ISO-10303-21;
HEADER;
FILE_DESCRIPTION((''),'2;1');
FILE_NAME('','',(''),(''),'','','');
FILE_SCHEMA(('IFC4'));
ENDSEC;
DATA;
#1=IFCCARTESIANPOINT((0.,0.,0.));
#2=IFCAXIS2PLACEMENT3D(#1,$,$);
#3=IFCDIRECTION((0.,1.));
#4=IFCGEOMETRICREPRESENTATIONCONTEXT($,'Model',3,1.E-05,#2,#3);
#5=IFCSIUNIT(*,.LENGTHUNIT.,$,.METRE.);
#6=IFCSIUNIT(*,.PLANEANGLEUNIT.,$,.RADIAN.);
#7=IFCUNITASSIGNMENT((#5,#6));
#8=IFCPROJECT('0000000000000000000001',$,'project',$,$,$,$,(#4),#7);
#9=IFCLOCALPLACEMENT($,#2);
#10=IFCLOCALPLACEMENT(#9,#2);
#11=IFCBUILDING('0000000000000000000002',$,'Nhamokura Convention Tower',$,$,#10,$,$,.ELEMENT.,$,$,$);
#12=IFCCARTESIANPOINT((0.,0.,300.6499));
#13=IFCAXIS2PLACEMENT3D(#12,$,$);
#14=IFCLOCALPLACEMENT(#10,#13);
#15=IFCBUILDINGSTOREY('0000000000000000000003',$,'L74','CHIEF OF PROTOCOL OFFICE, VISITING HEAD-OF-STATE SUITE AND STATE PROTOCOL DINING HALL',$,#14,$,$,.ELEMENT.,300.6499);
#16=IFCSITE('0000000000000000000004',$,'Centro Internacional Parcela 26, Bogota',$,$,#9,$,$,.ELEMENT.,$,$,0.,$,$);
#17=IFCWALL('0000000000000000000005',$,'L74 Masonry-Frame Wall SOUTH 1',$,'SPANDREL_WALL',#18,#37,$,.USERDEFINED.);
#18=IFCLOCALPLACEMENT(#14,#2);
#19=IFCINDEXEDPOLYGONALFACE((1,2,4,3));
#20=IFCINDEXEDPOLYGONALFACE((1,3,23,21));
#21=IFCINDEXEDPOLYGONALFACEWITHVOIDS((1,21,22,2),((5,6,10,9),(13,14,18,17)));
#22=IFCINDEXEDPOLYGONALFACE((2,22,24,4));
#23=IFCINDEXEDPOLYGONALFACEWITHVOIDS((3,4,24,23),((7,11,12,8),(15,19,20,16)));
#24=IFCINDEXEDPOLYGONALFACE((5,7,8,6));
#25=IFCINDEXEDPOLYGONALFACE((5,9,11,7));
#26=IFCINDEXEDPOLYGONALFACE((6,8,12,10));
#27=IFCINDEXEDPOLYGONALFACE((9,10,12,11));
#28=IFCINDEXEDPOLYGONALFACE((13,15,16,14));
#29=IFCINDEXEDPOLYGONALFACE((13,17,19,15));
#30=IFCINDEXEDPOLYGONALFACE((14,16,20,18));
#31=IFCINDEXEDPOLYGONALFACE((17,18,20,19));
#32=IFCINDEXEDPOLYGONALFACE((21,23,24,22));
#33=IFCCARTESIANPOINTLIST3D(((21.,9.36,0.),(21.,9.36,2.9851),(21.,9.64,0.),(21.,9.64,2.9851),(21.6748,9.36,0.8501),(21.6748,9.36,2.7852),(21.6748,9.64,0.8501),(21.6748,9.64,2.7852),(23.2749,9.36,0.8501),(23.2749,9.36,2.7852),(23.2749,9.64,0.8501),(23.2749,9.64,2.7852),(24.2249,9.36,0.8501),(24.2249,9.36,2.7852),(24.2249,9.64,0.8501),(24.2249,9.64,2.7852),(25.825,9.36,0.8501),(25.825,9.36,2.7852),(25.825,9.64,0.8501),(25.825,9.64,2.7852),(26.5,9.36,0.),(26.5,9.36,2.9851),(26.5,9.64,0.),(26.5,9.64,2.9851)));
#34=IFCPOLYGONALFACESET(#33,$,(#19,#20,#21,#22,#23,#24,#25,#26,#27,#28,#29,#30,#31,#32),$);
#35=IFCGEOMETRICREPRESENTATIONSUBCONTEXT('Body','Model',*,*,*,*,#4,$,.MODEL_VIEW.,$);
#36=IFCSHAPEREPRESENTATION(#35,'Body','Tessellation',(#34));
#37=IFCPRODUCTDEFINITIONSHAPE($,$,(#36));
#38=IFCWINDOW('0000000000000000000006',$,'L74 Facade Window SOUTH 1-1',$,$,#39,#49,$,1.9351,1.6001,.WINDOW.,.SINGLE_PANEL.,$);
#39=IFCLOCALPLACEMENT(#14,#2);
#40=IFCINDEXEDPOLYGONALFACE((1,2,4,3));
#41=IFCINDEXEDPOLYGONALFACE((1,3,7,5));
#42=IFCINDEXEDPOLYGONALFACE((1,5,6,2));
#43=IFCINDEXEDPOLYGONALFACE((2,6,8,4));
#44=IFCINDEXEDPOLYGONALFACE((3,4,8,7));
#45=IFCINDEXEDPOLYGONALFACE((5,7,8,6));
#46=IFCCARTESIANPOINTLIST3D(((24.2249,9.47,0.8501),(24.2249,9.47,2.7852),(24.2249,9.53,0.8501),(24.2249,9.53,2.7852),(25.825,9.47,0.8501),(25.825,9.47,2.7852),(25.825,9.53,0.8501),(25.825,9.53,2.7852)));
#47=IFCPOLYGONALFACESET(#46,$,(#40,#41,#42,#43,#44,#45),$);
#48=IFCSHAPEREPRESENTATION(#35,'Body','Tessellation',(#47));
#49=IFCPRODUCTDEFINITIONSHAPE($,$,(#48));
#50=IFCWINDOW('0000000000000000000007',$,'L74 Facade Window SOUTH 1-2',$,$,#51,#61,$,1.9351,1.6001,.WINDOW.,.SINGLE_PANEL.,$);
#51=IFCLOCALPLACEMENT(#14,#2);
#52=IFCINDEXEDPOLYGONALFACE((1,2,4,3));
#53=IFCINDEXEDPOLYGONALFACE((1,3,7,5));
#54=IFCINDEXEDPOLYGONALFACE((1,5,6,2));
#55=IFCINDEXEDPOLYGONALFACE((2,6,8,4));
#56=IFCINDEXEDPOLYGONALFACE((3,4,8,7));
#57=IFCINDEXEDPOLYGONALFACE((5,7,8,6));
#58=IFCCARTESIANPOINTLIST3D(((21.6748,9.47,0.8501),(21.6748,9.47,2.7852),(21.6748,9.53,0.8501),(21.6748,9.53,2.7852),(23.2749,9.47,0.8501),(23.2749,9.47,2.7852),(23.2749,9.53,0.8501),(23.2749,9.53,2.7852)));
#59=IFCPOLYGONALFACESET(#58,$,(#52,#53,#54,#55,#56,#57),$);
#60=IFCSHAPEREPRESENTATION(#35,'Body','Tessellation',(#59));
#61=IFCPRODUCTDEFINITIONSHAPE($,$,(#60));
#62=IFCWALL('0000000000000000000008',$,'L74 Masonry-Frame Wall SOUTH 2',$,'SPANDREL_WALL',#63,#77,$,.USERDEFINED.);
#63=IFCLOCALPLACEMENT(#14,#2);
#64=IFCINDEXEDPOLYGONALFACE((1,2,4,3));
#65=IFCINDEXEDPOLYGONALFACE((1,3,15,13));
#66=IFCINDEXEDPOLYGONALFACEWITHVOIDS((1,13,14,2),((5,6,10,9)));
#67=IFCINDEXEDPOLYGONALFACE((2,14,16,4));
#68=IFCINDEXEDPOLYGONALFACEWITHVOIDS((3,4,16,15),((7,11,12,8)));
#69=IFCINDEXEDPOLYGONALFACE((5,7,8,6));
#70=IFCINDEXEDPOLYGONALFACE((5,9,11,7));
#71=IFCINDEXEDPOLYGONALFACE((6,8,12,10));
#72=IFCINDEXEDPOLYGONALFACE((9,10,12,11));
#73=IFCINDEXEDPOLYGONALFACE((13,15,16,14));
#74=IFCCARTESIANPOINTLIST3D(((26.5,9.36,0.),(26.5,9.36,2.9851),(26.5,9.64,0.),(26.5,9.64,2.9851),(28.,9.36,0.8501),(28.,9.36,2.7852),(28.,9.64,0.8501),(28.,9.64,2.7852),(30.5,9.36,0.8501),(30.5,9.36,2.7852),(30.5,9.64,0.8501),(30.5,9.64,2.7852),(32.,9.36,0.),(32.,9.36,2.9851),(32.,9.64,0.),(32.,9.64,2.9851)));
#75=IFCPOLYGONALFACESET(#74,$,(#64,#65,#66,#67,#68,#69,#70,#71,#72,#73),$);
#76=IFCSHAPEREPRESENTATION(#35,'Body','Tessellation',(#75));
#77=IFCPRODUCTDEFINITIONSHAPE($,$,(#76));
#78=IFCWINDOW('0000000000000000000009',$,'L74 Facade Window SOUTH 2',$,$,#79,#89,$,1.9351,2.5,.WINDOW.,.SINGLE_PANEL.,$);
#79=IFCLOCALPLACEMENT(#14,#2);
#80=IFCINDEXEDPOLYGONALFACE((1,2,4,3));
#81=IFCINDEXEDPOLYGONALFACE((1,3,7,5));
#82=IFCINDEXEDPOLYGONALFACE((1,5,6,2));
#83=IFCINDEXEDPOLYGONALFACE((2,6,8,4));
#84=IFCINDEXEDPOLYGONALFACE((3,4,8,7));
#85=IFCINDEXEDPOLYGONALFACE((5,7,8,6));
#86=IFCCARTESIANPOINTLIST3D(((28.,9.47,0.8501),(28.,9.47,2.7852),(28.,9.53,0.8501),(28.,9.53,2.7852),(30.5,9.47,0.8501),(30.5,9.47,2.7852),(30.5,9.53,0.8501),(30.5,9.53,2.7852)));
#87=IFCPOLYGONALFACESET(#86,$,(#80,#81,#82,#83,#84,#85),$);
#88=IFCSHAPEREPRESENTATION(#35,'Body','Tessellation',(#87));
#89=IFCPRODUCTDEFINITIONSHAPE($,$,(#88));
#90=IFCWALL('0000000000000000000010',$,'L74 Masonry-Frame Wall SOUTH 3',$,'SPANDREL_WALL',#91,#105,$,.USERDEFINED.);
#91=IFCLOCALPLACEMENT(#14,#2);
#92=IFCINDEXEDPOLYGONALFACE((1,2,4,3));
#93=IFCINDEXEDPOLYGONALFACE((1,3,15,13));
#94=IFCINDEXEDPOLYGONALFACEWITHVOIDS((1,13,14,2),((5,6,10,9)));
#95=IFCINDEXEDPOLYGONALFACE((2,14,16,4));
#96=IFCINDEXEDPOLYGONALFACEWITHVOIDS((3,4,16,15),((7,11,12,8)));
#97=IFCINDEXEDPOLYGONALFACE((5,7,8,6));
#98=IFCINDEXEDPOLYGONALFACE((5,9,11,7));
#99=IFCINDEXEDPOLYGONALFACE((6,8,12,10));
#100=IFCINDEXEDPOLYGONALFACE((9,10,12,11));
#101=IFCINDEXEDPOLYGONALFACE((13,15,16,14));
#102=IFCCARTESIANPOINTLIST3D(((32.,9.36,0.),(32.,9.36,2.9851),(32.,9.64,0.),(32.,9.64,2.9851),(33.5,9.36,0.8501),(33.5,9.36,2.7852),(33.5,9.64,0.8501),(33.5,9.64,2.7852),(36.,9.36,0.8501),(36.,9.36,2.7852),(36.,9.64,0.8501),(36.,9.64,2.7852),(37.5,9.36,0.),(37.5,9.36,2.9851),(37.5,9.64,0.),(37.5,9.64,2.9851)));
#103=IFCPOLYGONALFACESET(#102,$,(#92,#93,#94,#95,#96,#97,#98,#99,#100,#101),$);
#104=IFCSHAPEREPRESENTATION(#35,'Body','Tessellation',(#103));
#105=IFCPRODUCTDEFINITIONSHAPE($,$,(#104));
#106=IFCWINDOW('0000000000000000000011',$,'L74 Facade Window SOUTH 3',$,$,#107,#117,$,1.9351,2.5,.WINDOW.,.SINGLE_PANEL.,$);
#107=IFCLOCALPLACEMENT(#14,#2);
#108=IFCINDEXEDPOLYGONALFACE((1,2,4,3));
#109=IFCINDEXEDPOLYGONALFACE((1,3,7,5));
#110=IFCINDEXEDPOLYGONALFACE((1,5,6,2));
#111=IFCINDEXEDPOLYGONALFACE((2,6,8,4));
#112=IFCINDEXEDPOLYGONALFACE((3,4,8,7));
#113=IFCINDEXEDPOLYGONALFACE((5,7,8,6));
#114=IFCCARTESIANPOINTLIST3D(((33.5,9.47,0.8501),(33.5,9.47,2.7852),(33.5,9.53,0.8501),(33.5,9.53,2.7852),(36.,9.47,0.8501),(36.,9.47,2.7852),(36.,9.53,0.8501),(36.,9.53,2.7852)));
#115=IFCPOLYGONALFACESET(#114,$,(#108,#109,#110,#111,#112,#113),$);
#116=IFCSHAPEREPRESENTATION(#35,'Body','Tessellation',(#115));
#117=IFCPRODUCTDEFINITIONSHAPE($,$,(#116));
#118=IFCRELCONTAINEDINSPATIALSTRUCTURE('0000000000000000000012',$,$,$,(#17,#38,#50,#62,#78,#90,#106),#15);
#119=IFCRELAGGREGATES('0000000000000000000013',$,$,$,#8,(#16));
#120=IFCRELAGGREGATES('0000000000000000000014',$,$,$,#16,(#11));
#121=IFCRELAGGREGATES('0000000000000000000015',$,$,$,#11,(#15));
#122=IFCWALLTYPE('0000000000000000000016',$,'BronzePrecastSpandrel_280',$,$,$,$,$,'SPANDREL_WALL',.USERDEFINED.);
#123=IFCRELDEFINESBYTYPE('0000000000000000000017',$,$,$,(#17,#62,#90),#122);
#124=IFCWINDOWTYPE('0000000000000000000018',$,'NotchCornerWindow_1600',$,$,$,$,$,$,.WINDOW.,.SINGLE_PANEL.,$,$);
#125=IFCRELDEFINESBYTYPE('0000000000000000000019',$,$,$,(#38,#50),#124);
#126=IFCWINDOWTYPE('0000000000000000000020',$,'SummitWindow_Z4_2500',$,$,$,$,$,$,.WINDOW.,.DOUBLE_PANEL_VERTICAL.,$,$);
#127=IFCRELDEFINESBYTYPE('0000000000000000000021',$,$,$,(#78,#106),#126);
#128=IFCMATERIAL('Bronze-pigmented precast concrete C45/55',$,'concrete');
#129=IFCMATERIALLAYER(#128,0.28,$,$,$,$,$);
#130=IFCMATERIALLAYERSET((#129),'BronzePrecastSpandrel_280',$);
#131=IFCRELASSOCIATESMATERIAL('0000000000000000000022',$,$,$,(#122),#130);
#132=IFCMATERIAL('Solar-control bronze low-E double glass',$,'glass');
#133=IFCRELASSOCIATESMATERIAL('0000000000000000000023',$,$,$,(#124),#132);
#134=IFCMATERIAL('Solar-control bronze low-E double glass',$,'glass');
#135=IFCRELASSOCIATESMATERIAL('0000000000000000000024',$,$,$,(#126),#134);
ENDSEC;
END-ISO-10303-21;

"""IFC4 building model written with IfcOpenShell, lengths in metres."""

from ifc_helpers import new_model, si_unit, direction, frame, frame_2d, origin, place, context, subcontext, project, spatial, rectangle, extrude, material, layer, layer_set, type_object, element, fill, save


model = new_model("IFC4")

# Units and contexts
model_context = context("Model", 3, precision=1e-05, world=origin(), true_north=direction((0.0, 1.0)))
body_context = subcontext(model_context, "Body", "Model", "MODEL_VIEW")
ifc_project = project(units=[si_unit("LENGTHUNIT", "METRE"), si_unit("PLANEANGLEUNIT", "RADIAN")], contexts=[model_context])

# Site, building, storey
site_placement = place(None, origin())
site = spatial("IfcSite", under=ifc_project, at=site_placement, Name="Centro Internacional Parcela 26, Bogota", CompositionType="ELEMENT", RefElevation=0.0)
building_placement = place(site_placement, origin())
building = spatial("IfcBuilding", under=site, at=building_placement, Name="Nhamokura Convention Tower", CompositionType="ELEMENT")
storey_placement = place(building_placement, frame((0.0, 0.0, 300.6499)))
storey = spatial("IfcBuildingStorey", under=building, at=storey_placement, Name="L74", Description="CHIEF OF PROTOCOL OFFICE, VISITING HEAD-OF-STATE SUITE AND STATE PROTOCOL DINING HALL", CompositionType="ELEMENT", Elevation=300.6499)

# Wall, openings, windows
ifc_material_1 = material(Name="Bronze-pigmented precast concrete C45/55", Category="concrete")
ifc_layer_1 = layer(ifc_material_1, 0.28)
ifc_layer_set_1 = layer_set([ifc_layer_1], Name="BronzePrecastSpandrel_280")
wall_type_1 = type_object("IfcWallType", Name="BronzePrecastSpandrel_280", ElementType="SPANDREL_WALL", PredefinedType="USERDEFINED", material=ifc_layer_set_1)
wall_1_placement = place(storey_placement, frame((26.5, 9.5, 0.0), z_axis=(0.0, 0.0, 1.0), x_axis=(-1.0, 0.0, 0.0)))
wall_1 = element("IfcWall", 1, at=wall_1_placement, inside=storey, type_object=wall_type_1, Name="L74 Masonry-Frame Wall SOUTH 1", ObjectType="SPANDREL_WALL", PredefinedType="USERDEFINED", context=body_context, shape_type="SweptSolid", body=[
    extrude(rectangle(XDim=5.5, YDim=0.28, at=frame_2d((2.75, 0.0))), origin(), (0.0, 0.0, 1.0), 2.9851),
])
opening_1_placement = place(wall_1_placement, frame((0.675, 0.0, 0.8501)))
opening_1 = element("IfcOpeningElement", 2, at=opening_1_placement, cuts=wall_1, PredefinedType="OPENING", context=body_context, shape_type="SweptSolid", body=[
    extrude(rectangle(XDim=1.6001, YDim=1.9351, at=frame_2d((0.8, 0.9675))), frame((0.0, 0.1499, 0.0), z_axis=(0.0, -1.0, 0.0), x_axis=(1.0, 0.0, 0.0)), (0.0, 0.0, 1.0), 0.3),
])
opening_2_placement = place(wall_1_placement, frame((3.2251, 0.0, 0.8501)))
opening_2 = element("IfcOpeningElement", 3, at=opening_2_placement, cuts=wall_1, PredefinedType="OPENING", context=body_context, shape_type="SweptSolid", body=[
    extrude(rectangle(XDim=1.6001, YDim=1.9351, at=frame_2d((0.8, 0.9675))), frame((0.0, 0.1499, 0.0), z_axis=(0.0, -1.0, 0.0), x_axis=(1.0, 0.0, 0.0)), (0.0, 0.0, 1.0), 0.3),
])
ifc_material_2 = material(Name="Solar-control bronze low-E double glass", Category="glass")
window_type_1 = type_object("IfcWindowType", Name="NotchCornerWindow_1600", PartitioningType="SINGLE_PANEL", PredefinedType="WINDOW", material=ifc_material_2)
window_1_placement = place(opening_1_placement, origin())
window_1 = element("IfcWindow", 4, at=window_1_placement, inside=storey, type_object=window_type_1, Name="L74 Facade Window SOUTH 1-1", OverallHeight=1.9351, OverallWidth=1.6001, PartitioningType="SINGLE_PANEL", PredefinedType="WINDOW", context=body_context, shape_type="SweptSolid", body=[
    extrude(rectangle(XDim=1.6001, YDim=1.9351, at=frame_2d((0.8, 0.9675))), frame((0.0, 0.03, 0.0), z_axis=(0.0, -1.0, 0.0), x_axis=(1.0, 0.0, 0.0)), (0.0, 0.0, 1.0), 0.0601),
])
fill(opening_1, window_1)
window_2_placement = place(opening_2_placement, origin())
window_2 = element("IfcWindow", 5, at=window_2_placement, inside=storey, type_object=window_type_1, Name="L74 Facade Window SOUTH 1-2", OverallHeight=1.9351, OverallWidth=1.6001, PartitioningType="SINGLE_PANEL", PredefinedType="WINDOW", context=body_context, shape_type="SweptSolid", body=[
    extrude(rectangle(XDim=1.6001, YDim=1.9351, at=frame_2d((0.8, 0.9675))), frame((0.0, 0.03, 0.0), z_axis=(0.0, -1.0, 0.0), x_axis=(1.0, 0.0, 0.0)), (0.0, 0.0, 1.0), 0.0601),
])
fill(opening_2, window_2)

# Walls, openings, windows
wall_2_placement = place(storey_placement, frame((32.0, 9.5, 0.0), z_axis=(0.0, 0.0, 1.0), x_axis=(-1.0, 0.0, 0.0)))
wall_2 = element("IfcWall", 6, at=wall_2_placement, inside=storey, type_object=wall_type_1, Name="L74 Masonry-Frame Wall SOUTH 2", ObjectType="SPANDREL_WALL", PredefinedType="USERDEFINED", context=body_context, shape_type="SweptSolid", body=[
    extrude(rectangle(XDim=5.5, YDim=0.28, at=frame_2d((2.75, 0.0))), origin(), (0.0, 0.0, 1.0), 2.9851),
])
opening_3_placement = place(wall_2_placement, frame((1.5, 0.0, 0.8501)))
opening_3 = element("IfcOpeningElement", 7, at=opening_3_placement, cuts=wall_2, PredefinedType="OPENING", context=body_context, shape_type="SweptSolid", body=[
    extrude(rectangle(XDim=2.5, YDim=1.9351, at=frame_2d((1.25, 0.9675))), frame((0.0, 0.1499, 0.0), z_axis=(0.0, -1.0, 0.0), x_axis=(1.0, 0.0, 0.0)), (0.0, 0.0, 1.0), 0.3),
])
ifc_material_3 = material(Name="Solar-control bronze low-E double glass", Category="glass")
window_type_2 = type_object("IfcWindowType", Name="SummitWindow_Z4_2500", PartitioningType="DOUBLE_PANEL_VERTICAL", PredefinedType="WINDOW", material=ifc_material_3)
window_3_placement = place(opening_3_placement, origin())
window_3 = element("IfcWindow", 8, at=window_3_placement, inside=storey, type_object=window_type_2, Name="L74 Facade Window SOUTH 2", OverallHeight=1.9351, OverallWidth=2.5, PartitioningType="SINGLE_PANEL", PredefinedType="WINDOW", context=body_context, shape_type="SweptSolid", body=[
    extrude(rectangle(XDim=2.5, YDim=1.9351, at=frame_2d((1.25, 0.9675))), frame((0.0, 0.03, 0.0), z_axis=(0.0, -1.0, 0.0), x_axis=(1.0, 0.0, 0.0)), (0.0, 0.0, 1.0), 0.0601),
])
fill(opening_3, window_3)
wall_3_placement = place(storey_placement, frame((37.5, 9.5, 0.0), z_axis=(0.0, 0.0, 1.0), x_axis=(-1.0, 0.0, 0.0)))
wall_3 = element("IfcWall", 9, at=wall_3_placement, inside=storey, type_object=wall_type_1, Name="L74 Masonry-Frame Wall SOUTH 3", ObjectType="SPANDREL_WALL", PredefinedType="USERDEFINED", context=body_context, shape_type="SweptSolid", body=[
    extrude(rectangle(XDim=5.5, YDim=0.28, at=frame_2d((2.75, 0.0))), origin(), (0.0, 0.0, 1.0), 2.9851),
])
opening_4_placement = place(wall_3_placement, frame((1.5, 0.0, 0.8501)))
opening_4 = element("IfcOpeningElement", 10, at=opening_4_placement, cuts=wall_3, PredefinedType="OPENING", context=body_context, shape_type="SweptSolid", body=[
    extrude(rectangle(XDim=2.5, YDim=1.9351, at=frame_2d((1.25, 0.9675))), frame((0.0, 0.1499, 0.0), z_axis=(0.0, -1.0, 0.0), x_axis=(1.0, 0.0, 0.0)), (0.0, 0.0, 1.0), 0.3),
])
window_4_placement = place(opening_4_placement, origin())
window_4 = element("IfcWindow", 11, at=window_4_placement, inside=storey, type_object=window_type_2, Name="L74 Facade Window SOUTH 3", OverallHeight=1.9351, OverallWidth=2.5, PartitioningType="SINGLE_PANEL", PredefinedType="WINDOW", context=body_context, shape_type="SweptSolid", body=[
    extrude(rectangle(XDim=2.5, YDim=1.9351, at=frame_2d((1.25, 0.9675))), frame((0.0, 0.03, 0.0), z_axis=(0.0, -1.0, 0.0), x_axis=(1.0, 0.0, 0.0)), (0.0, 0.0, 1.0), 0.0601),
])
fill(opening_4, window_4)

save(model, "model.ifc")
